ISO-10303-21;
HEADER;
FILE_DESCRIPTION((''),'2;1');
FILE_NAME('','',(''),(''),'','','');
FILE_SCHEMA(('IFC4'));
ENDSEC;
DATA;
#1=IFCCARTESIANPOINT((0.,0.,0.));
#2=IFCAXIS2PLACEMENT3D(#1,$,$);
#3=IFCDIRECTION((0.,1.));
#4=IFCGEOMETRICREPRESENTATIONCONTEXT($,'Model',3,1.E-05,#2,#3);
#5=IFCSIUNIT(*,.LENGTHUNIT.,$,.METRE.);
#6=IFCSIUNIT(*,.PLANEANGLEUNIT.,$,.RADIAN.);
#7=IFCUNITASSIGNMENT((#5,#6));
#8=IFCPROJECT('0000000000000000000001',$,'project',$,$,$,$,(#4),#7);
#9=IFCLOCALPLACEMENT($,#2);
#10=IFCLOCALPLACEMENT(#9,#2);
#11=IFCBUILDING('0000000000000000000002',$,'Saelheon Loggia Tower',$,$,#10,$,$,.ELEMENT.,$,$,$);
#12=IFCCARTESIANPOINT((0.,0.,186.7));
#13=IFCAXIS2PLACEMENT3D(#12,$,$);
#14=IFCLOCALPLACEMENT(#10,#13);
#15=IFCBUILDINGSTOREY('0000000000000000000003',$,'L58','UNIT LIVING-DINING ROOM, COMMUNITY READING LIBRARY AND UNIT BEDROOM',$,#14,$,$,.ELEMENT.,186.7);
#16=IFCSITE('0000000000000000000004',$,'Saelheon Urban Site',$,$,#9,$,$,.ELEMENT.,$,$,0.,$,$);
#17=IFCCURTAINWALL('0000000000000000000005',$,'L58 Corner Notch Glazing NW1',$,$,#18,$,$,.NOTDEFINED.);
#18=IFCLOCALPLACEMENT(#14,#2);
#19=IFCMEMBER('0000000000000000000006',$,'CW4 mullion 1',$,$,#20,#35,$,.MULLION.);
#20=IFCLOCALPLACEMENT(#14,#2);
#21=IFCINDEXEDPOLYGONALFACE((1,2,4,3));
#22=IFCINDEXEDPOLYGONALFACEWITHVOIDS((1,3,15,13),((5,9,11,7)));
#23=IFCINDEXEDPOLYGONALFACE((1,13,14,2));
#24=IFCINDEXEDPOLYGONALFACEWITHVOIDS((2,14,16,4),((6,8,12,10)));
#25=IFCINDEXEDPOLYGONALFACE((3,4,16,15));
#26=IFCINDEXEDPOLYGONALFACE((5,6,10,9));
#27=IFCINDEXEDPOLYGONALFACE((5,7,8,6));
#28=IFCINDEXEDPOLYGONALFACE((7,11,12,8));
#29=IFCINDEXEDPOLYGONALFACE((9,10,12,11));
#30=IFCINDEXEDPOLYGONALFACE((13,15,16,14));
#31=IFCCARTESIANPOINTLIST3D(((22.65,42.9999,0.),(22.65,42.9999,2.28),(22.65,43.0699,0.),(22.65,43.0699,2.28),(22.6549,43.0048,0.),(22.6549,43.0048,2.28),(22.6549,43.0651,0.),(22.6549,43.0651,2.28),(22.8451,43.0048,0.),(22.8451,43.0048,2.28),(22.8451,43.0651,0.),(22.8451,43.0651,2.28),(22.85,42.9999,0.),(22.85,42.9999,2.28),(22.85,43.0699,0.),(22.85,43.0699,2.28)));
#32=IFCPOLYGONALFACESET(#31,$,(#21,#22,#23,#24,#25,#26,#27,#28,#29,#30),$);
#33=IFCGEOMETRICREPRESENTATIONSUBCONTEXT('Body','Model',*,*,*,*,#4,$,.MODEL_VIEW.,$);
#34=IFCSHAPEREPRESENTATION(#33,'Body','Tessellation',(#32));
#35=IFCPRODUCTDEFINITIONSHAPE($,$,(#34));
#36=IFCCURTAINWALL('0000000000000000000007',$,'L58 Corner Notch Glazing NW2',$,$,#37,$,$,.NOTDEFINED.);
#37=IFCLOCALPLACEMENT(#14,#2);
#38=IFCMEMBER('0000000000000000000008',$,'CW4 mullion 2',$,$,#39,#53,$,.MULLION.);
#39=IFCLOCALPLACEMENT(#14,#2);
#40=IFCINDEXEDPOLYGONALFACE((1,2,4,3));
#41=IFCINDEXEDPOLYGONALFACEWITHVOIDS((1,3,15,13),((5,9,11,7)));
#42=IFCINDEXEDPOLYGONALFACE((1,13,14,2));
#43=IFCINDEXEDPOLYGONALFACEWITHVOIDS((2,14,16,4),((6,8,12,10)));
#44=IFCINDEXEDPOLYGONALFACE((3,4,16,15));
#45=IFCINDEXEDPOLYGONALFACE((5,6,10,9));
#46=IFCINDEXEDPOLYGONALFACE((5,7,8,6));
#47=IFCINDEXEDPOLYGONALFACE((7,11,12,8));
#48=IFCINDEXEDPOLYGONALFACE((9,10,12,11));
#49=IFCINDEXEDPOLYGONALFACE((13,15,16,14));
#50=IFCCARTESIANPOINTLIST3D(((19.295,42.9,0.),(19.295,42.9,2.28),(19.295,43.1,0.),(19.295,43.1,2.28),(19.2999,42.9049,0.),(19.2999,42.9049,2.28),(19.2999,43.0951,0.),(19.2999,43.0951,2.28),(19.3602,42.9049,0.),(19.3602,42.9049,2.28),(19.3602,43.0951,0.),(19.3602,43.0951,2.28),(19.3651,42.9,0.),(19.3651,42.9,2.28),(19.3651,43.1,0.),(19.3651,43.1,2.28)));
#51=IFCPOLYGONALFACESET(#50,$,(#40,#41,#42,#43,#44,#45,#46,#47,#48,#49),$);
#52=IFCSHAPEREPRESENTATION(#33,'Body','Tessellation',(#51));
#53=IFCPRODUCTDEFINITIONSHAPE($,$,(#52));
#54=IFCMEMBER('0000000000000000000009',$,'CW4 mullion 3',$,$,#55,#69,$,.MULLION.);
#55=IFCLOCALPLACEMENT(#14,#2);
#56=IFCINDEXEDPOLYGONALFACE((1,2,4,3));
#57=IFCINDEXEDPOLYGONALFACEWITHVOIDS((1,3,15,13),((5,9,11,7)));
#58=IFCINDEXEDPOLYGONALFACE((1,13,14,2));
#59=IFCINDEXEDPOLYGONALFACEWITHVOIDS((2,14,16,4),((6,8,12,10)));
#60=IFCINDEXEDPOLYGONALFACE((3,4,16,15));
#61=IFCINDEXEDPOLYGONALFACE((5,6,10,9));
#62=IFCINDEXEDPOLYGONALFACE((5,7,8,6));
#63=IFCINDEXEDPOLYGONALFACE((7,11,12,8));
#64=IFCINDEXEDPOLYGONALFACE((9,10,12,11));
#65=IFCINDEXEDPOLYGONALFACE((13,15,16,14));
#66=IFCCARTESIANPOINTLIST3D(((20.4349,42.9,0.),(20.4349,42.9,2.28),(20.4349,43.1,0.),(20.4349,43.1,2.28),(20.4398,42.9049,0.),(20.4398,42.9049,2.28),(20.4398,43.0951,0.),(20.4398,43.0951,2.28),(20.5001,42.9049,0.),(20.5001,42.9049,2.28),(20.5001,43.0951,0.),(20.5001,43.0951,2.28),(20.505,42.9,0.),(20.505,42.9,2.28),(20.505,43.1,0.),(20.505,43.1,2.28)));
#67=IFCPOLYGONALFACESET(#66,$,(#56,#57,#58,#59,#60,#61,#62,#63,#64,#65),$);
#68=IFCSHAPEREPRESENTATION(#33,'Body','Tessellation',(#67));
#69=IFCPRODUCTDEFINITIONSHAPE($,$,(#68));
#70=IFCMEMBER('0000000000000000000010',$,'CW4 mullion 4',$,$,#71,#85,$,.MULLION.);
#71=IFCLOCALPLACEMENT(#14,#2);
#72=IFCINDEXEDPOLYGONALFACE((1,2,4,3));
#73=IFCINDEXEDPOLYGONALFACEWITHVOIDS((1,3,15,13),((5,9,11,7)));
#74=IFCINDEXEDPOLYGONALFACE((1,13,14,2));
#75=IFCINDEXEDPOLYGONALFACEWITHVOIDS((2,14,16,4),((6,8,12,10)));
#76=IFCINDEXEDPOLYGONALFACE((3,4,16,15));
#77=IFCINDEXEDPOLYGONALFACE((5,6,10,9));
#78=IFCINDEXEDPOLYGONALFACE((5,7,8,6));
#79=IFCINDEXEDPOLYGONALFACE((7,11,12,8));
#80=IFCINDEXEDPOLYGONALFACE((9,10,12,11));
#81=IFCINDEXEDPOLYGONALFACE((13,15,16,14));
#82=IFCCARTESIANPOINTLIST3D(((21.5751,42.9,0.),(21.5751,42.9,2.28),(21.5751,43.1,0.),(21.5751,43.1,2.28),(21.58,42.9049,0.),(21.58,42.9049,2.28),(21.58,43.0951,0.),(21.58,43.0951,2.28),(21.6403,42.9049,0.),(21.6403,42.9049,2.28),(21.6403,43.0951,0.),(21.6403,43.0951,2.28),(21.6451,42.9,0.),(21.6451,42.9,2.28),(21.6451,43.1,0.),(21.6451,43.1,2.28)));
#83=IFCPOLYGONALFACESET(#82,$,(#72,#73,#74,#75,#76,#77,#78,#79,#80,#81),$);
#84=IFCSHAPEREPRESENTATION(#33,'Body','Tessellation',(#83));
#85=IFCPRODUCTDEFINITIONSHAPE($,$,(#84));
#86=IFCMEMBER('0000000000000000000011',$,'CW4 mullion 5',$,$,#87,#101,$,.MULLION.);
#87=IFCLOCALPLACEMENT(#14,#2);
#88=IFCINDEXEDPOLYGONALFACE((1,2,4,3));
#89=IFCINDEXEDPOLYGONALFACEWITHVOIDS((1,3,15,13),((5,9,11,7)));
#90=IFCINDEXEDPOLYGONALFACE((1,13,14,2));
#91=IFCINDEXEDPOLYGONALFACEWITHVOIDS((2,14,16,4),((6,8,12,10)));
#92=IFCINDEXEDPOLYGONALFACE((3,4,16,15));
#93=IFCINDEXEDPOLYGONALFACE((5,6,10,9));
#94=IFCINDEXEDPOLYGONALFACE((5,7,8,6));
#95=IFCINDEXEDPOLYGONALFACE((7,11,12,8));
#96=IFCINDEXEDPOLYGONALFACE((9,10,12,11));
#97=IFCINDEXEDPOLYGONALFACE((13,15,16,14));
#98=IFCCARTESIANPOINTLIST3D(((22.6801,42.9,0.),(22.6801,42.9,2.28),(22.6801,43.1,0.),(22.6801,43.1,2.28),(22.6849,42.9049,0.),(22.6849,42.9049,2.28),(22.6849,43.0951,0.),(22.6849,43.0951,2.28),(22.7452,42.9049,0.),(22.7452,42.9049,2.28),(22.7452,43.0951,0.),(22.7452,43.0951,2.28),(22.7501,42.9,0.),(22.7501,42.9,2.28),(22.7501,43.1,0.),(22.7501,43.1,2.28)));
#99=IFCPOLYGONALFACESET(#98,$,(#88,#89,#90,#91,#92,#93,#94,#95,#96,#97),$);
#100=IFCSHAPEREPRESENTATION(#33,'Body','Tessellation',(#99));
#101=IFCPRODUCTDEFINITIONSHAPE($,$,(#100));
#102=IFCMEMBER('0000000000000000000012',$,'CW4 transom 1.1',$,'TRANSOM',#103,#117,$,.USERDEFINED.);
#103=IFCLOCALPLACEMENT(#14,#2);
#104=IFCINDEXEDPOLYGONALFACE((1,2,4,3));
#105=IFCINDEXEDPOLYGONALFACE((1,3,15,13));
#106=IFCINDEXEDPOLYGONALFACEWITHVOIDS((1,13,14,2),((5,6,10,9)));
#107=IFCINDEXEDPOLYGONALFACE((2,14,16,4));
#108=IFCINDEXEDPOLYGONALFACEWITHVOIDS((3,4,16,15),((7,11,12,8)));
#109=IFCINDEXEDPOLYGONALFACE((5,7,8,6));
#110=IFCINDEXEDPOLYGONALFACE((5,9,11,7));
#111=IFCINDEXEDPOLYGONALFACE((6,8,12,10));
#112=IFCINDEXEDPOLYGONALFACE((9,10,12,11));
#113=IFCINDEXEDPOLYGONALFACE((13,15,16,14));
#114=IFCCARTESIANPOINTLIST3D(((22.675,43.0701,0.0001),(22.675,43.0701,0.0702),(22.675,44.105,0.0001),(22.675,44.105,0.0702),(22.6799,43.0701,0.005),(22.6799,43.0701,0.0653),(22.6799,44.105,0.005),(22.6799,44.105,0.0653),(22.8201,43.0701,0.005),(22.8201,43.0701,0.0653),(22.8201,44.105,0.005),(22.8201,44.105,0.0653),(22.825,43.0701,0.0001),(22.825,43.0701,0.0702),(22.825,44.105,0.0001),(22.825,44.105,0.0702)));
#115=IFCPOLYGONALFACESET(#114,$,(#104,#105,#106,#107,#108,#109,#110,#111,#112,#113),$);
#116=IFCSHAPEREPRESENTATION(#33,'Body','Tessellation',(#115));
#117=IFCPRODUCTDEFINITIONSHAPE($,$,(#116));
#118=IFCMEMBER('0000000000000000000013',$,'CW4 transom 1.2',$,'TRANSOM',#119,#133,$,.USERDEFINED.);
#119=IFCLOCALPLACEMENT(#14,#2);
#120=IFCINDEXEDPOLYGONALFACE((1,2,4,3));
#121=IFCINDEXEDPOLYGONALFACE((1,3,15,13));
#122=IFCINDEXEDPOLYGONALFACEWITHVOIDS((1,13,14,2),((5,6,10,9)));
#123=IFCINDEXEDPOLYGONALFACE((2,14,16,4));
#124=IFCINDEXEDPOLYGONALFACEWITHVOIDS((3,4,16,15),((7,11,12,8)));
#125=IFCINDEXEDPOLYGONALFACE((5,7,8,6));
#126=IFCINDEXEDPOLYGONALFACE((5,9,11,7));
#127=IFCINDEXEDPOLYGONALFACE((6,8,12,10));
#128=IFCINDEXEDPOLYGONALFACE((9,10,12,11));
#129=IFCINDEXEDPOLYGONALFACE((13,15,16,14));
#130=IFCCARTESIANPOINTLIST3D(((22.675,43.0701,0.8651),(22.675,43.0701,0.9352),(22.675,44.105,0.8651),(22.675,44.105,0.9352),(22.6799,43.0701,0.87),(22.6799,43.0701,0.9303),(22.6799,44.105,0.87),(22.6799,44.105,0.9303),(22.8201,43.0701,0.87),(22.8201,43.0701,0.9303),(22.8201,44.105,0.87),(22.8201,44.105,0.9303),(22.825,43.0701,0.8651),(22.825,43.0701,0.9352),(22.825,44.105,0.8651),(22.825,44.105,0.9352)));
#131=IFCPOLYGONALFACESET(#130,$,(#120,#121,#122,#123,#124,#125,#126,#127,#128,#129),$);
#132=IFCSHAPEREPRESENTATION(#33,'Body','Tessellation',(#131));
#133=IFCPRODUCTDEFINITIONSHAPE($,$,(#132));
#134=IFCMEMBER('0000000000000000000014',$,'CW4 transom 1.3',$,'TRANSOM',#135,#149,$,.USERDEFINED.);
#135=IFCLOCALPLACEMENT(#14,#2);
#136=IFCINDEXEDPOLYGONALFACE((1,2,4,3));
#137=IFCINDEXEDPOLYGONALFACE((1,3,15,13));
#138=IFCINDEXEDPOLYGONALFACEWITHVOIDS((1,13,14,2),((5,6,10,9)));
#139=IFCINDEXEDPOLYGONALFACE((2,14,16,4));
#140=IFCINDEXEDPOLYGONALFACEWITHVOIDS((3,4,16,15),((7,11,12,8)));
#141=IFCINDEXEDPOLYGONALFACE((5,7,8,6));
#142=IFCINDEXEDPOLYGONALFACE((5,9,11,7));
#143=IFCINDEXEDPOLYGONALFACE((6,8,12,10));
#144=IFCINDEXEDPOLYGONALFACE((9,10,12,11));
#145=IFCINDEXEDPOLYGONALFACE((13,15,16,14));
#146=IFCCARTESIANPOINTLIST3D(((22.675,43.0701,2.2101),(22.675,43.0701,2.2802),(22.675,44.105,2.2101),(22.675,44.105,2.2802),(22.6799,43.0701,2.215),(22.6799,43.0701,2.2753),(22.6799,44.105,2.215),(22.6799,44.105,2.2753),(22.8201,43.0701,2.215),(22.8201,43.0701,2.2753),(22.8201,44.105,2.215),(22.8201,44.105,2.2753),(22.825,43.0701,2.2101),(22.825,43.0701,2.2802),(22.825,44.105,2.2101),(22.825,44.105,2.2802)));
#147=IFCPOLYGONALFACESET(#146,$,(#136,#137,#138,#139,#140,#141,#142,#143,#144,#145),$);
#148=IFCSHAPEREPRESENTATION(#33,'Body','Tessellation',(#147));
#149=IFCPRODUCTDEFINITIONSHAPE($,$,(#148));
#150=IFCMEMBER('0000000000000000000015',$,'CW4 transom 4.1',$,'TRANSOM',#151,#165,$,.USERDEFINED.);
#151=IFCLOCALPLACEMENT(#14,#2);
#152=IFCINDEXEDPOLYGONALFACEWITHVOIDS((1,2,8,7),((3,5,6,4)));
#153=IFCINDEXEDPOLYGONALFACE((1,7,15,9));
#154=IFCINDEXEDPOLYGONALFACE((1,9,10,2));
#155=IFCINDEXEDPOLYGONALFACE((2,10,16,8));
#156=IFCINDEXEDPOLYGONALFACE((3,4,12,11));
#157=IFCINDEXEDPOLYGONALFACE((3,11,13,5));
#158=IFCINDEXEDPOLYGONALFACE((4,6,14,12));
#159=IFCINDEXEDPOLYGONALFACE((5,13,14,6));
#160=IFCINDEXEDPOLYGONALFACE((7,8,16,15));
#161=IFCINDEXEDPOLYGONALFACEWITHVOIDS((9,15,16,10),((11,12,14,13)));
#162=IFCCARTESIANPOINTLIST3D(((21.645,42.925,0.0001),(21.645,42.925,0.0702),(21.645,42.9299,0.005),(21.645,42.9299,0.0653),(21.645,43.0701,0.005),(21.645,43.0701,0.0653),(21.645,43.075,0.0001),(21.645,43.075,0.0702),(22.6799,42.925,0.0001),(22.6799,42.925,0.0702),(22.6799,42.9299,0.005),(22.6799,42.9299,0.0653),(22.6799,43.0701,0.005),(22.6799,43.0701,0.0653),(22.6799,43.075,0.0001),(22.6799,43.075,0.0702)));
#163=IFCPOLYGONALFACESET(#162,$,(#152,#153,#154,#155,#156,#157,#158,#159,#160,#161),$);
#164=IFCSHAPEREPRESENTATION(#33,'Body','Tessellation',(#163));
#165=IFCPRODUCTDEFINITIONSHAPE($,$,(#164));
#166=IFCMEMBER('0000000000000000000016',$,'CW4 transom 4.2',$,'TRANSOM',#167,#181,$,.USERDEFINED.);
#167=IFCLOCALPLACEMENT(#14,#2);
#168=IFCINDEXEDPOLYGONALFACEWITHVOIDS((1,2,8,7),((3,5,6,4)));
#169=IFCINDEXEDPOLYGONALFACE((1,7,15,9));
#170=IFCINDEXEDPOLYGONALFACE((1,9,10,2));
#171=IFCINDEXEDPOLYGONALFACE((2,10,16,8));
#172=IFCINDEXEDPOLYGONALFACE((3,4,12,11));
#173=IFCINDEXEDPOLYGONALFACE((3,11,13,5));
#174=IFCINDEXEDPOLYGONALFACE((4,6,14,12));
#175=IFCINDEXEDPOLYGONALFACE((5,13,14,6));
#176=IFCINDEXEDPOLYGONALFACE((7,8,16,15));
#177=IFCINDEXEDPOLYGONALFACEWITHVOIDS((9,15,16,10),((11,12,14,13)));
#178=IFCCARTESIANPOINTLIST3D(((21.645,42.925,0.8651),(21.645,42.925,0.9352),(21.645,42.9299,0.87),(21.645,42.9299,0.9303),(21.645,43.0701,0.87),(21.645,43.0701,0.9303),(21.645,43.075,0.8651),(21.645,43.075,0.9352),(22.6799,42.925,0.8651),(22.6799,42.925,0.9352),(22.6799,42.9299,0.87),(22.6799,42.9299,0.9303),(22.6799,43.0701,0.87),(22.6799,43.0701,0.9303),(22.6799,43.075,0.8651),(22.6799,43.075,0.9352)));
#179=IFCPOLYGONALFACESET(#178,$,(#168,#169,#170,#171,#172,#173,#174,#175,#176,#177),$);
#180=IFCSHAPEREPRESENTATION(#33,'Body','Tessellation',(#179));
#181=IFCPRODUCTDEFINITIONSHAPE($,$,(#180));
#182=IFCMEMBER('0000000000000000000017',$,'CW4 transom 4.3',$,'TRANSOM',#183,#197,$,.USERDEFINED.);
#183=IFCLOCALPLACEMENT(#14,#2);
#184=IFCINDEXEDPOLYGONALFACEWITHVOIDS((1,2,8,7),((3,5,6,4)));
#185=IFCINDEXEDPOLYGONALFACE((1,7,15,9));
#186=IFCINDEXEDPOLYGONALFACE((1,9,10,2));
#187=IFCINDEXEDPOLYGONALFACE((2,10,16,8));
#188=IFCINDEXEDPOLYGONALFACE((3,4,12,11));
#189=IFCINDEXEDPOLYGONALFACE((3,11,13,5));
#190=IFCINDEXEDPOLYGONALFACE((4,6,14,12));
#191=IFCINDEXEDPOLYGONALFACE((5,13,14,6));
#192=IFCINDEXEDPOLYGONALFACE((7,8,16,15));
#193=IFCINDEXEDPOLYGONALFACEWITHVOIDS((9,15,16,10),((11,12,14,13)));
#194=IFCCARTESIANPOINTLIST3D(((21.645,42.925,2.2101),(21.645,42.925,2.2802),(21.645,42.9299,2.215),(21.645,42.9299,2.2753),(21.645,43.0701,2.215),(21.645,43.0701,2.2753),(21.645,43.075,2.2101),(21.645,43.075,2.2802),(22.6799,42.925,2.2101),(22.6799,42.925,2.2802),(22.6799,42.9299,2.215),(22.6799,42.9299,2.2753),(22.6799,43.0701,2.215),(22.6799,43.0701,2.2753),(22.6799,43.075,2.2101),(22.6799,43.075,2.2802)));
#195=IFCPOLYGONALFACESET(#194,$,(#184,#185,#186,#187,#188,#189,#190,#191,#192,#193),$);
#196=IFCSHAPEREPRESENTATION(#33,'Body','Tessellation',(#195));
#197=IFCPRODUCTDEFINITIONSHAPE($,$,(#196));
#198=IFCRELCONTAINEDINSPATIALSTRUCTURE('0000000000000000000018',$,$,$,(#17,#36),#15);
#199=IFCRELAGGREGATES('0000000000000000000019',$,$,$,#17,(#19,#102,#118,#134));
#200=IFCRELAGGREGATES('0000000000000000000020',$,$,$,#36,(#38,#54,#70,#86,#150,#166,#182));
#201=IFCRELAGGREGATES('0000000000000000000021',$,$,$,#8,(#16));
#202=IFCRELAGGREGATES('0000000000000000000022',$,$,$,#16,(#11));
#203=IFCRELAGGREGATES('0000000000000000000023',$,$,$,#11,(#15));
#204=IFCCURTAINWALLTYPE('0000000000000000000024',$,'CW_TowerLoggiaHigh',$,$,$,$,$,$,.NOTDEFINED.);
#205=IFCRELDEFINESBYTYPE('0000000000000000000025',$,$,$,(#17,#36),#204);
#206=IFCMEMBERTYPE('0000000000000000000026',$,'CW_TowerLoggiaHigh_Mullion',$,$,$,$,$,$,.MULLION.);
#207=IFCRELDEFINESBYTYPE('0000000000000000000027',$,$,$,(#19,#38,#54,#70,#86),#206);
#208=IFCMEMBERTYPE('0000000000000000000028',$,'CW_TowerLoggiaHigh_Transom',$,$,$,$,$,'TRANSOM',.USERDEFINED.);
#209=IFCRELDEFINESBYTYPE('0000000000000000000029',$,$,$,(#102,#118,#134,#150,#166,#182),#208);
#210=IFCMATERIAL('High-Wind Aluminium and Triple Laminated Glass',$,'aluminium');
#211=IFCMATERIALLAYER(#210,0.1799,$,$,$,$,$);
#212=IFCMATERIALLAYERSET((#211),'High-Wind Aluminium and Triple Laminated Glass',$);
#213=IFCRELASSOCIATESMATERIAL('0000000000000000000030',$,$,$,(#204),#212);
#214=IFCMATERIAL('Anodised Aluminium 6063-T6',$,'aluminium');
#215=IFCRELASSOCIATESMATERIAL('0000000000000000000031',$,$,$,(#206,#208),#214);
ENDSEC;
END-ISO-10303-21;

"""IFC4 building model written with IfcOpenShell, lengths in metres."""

from ifc_helpers import new_model, si_unit, direction, frame, origin, origin_2d, place, context, subcontext, project, spatial, hollow_rectangle, extrude, source, transform, mapped, material, layer, layer_set, material_profile, profile_set, type_object, element, aggregate, save


model = new_model("IFC4")

# Units and contexts
model_context = context("Model", 3, precision=1e-05, world=origin(), true_north=direction((0.0, 1.0)))
body_context = subcontext(model_context, "Body", "Model", "MODEL_VIEW")
ifc_project = project(units=[si_unit("LENGTHUNIT", "METRE"), si_unit("PLANEANGLEUNIT", "RADIAN")], contexts=[model_context])

# Site, building, storey
site_placement = place(None, origin())
site = spatial("IfcSite", under=ifc_project, at=site_placement, Name="Saelheon Urban Site", CompositionType="ELEMENT", RefElevation=0.0)
building_placement = place(site_placement, origin())
building = spatial("IfcBuilding", under=site, at=building_placement, Name="Saelheon Loggia Tower", CompositionType="ELEMENT")
storey_placement = place(building_placement, frame((0.0, 0.0, 186.7)))
storey = spatial("IfcBuildingStorey", under=building, at=storey_placement, Name="L58", Description="UNIT LIVING-DINING ROOM, COMMUNITY READING LIBRARY AND UNIT BEDROOM", CompositionType="ELEMENT", Elevation=186.7)

# Curtain wall, member
ifc_material_1 = material(Name="High-Wind Aluminium and Triple Laminated Glass", Category="aluminium")
ifc_layer_1 = layer(ifc_material_1, 0.1799)
ifc_layer_set_1 = layer_set([ifc_layer_1], Name="High-Wind Aluminium and Triple Laminated Glass")
curtain_wall_type = type_object("IfcCurtainWallType", Name="CW_TowerLoggiaHigh", PredefinedType="NOTDEFINED", material=ifc_layer_set_1)
curtain_wall_1_placement = place(storey_placement, origin())
curtain_wall_1 = element("IfcCurtainWall", 1, at=curtain_wall_1_placement, inside=storey, type_object=curtain_wall_type, Name="L58 Corner Notch Glazing NW1", PredefinedType="NOTDEFINED")
ifc_material_2 = material(Name="Anodised Aluminium 6063-T6", Category="aluminium")
ifc_material_profile_1 = material_profile(ifc_material_2, hollow_rectangle(XDim=0.0701, YDim=0.2, WallThickness=0.0049, at=origin_2d()), Name="RHS-200x70x5")
ifc_profile_set_1 = profile_set([ifc_material_profile_1], Name="Anodised Aluminium 6063-T6")
member_type_1 = type_object("IfcMemberType", Name="CW_TowerLoggiaHigh_Mullion", PredefinedType="MULLION", material=ifc_profile_set_1)
shared_shape_1 = source(origin(), body_context, "Body", "SweptSolid", [
    extrude(hollow_rectangle(XDim=0.0701, YDim=0.2, WallThickness=0.0049, at=origin_2d()), origin(), (0.0, 0.0, 1.0), 2.28),
])
member_1_placement = place(storey_placement, frame((22.75, 43.0349, 0.0), z_axis=(0.0, 0.0, 1.0), x_axis=(0.0, 1.0, 0.0)))
member_1 = element("IfcMember", 2, at=member_1_placement, type_object=member_type_1, Name="CW4 mullion 1", PredefinedType="MULLION", context=body_context, shape_type="MappedRepresentation", body=[
    mapped(shared_shape_1, transform((0.0, 0.0, 0.0), scale=1.0)),
])

# Curtain wall, members
curtain_wall_2_placement = place(storey_placement, origin())
curtain_wall_2 = element("IfcCurtainWall", 3, at=curtain_wall_2_placement, inside=storey, type_object=curtain_wall_type, Name="L58 Corner Notch Glazing NW2", PredefinedType="NOTDEFINED")
member_2_placement = place(storey_placement, frame((19.3301, 43.0, 0.0), z_axis=(0.0, 0.0, 1.0), x_axis=(1.0, 0.0, 0.0)))
member_2 = element("IfcMember", 4, at=member_2_placement, type_object=member_type_1, Name="CW4 mullion 2", PredefinedType="MULLION", context=body_context, shape_type="MappedRepresentation", body=[
    mapped(shared_shape_1, transform((0.0, 0.0, 0.0), scale=1.0)),
])
member_3_placement = place(storey_placement, frame((20.47, 43.0, 0.0), z_axis=(0.0, 0.0, 1.0), x_axis=(1.0, 0.0, 0.0)))
member_3 = element("IfcMember", 5, at=member_3_placement, type_object=member_type_1, Name="CW4 mullion 3", PredefinedType="MULLION", context=body_context, shape_type="MappedRepresentation", body=[
    mapped(shared_shape_1, transform((0.0, 0.0, 0.0), scale=1.0)),
])
member_4_placement = place(storey_placement, frame((21.6101, 43.0, 0.0), z_axis=(0.0, 0.0, 1.0), x_axis=(1.0, 0.0, 0.0)))
member_4 = element("IfcMember", 6, at=member_4_placement, type_object=member_type_1, Name="CW4 mullion 4", PredefinedType="MULLION", context=body_context, shape_type="MappedRepresentation", body=[
    mapped(shared_shape_1, transform((0.0, 0.0, 0.0), scale=1.0)),
])
member_5_placement = place(storey_placement, frame((22.7151, 43.0, 0.0), z_axis=(0.0, 0.0, 1.0), x_axis=(1.0, 0.0, 0.0)))
member_5 = element("IfcMember", 7, at=member_5_placement, type_object=member_type_1, Name="CW4 mullion 5", PredefinedType="MULLION", context=body_context, shape_type="MappedRepresentation", body=[
    mapped(shared_shape_1, transform((0.0, 0.0, 0.0), scale=1.0)),
])

# Members
ifc_material_profile_2 = material_profile(ifc_material_2, hollow_rectangle(XDim=0.0701, YDim=0.1499, WallThickness=0.0049, at=origin_2d()), Name="RHS-150x70x5")
ifc_profile_set_2 = profile_set([ifc_material_profile_2], Name="Anodised Aluminium 6063-T6")
member_type_2 = type_object("IfcMemberType", Name="CW_TowerLoggiaHigh_Transom", ElementType="TRANSOM", PredefinedType="USERDEFINED", material=ifc_profile_set_2)
shared_shape_2 = source(origin(), body_context, "Body", "SweptSolid", [
    extrude(hollow_rectangle(XDim=0.0701, YDim=0.1499, WallThickness=0.0049, at=origin_2d()), origin(), (0.0, 0.0, 1.0), 1.0349),
])
member_6_placement = place(storey_placement, frame((22.75, 43.0701, 0.0352), z_axis=(0.0, 1.0, 0.0), x_axis=(0.0, 0.0, 1.0)))
member_6 = element("IfcMember", 8, at=member_6_placement, type_object=member_type_2, Name="CW4 transom 1.1", ObjectType="TRANSOM", PredefinedType="USERDEFINED", context=body_context, shape_type="MappedRepresentation", body=[
    mapped(shared_shape_2, transform((0.0, 0.0, 0.0), scale=1.0)),
])
member_7_placement = place(storey_placement, frame((22.75, 43.0701, 0.9001), z_axis=(0.0, 1.0, 0.0), x_axis=(0.0, 0.0, 1.0)))
member_7 = element("IfcMember", 9, at=member_7_placement, type_object=member_type_2, Name="CW4 transom 1.2", ObjectType="TRANSOM", PredefinedType="USERDEFINED", context=body_context, shape_type="MappedRepresentation", body=[
    mapped(shared_shape_2, transform((0.0, 0.0, 0.0), scale=1.0)),
])
member_8_placement = place(storey_placement, frame((22.75, 43.0701, 2.2451), z_axis=(0.0, 1.0, 0.0), x_axis=(0.0, 0.0, 1.0)))
member_8 = element("IfcMember", 10, at=member_8_placement, type_object=member_type_2, Name="CW4 transom 1.3", ObjectType="TRANSOM", PredefinedType="USERDEFINED", context=body_context, shape_type="MappedRepresentation", body=[
    mapped(shared_shape_2, transform((0.0, 0.0, 0.0), scale=1.0)),
])
member_9_placement = place(storey_placement, frame((21.645, 43.0, 0.0352), z_axis=(1.0, 0.0, 0.0), x_axis=(0.0, 0.0, 1.0)))
member_9 = element("IfcMember", 11, at=member_9_placement, type_object=member_type_2, Name="CW4 transom 4.1", ObjectType="TRANSOM", PredefinedType="USERDEFINED", context=body_context, shape_type="MappedRepresentation", body=[
    mapped(shared_shape_2, transform((0.0, 0.0, 0.0), scale=1.0)),
])
member_10_placement = place(storey_placement, frame((21.645, 43.0, 0.9001), z_axis=(1.0, 0.0, 0.0), x_axis=(0.0, 0.0, 1.0)))
member_10 = element("IfcMember", 12, at=member_10_placement, type_object=member_type_2, Name="CW4 transom 4.2", ObjectType="TRANSOM", PredefinedType="USERDEFINED", context=body_context, shape_type="MappedRepresentation", body=[
    mapped(shared_shape_2, transform((0.0, 0.0, 0.0), scale=1.0)),
])
member_11_placement = place(storey_placement, frame((21.645, 43.0, 2.2451), z_axis=(1.0, 0.0, 0.0), x_axis=(0.0, 0.0, 1.0)))
member_11 = element("IfcMember", 13, at=member_11_placement, type_object=member_type_2, Name="CW4 transom 4.3", ObjectType="TRANSOM", PredefinedType="USERDEFINED", context=body_context, shape_type="MappedRepresentation", body=[
    mapped(shared_shape_2, transform((0.0, 0.0, 0.0), scale=1.0)),
])

aggregate(curtain_wall_1, [member_1, member_6, member_7, member_8])
aggregate(curtain_wall_2, [member_2, member_3, member_4, member_5, member_9, member_10, member_11])

save(model, "model.ifc")
